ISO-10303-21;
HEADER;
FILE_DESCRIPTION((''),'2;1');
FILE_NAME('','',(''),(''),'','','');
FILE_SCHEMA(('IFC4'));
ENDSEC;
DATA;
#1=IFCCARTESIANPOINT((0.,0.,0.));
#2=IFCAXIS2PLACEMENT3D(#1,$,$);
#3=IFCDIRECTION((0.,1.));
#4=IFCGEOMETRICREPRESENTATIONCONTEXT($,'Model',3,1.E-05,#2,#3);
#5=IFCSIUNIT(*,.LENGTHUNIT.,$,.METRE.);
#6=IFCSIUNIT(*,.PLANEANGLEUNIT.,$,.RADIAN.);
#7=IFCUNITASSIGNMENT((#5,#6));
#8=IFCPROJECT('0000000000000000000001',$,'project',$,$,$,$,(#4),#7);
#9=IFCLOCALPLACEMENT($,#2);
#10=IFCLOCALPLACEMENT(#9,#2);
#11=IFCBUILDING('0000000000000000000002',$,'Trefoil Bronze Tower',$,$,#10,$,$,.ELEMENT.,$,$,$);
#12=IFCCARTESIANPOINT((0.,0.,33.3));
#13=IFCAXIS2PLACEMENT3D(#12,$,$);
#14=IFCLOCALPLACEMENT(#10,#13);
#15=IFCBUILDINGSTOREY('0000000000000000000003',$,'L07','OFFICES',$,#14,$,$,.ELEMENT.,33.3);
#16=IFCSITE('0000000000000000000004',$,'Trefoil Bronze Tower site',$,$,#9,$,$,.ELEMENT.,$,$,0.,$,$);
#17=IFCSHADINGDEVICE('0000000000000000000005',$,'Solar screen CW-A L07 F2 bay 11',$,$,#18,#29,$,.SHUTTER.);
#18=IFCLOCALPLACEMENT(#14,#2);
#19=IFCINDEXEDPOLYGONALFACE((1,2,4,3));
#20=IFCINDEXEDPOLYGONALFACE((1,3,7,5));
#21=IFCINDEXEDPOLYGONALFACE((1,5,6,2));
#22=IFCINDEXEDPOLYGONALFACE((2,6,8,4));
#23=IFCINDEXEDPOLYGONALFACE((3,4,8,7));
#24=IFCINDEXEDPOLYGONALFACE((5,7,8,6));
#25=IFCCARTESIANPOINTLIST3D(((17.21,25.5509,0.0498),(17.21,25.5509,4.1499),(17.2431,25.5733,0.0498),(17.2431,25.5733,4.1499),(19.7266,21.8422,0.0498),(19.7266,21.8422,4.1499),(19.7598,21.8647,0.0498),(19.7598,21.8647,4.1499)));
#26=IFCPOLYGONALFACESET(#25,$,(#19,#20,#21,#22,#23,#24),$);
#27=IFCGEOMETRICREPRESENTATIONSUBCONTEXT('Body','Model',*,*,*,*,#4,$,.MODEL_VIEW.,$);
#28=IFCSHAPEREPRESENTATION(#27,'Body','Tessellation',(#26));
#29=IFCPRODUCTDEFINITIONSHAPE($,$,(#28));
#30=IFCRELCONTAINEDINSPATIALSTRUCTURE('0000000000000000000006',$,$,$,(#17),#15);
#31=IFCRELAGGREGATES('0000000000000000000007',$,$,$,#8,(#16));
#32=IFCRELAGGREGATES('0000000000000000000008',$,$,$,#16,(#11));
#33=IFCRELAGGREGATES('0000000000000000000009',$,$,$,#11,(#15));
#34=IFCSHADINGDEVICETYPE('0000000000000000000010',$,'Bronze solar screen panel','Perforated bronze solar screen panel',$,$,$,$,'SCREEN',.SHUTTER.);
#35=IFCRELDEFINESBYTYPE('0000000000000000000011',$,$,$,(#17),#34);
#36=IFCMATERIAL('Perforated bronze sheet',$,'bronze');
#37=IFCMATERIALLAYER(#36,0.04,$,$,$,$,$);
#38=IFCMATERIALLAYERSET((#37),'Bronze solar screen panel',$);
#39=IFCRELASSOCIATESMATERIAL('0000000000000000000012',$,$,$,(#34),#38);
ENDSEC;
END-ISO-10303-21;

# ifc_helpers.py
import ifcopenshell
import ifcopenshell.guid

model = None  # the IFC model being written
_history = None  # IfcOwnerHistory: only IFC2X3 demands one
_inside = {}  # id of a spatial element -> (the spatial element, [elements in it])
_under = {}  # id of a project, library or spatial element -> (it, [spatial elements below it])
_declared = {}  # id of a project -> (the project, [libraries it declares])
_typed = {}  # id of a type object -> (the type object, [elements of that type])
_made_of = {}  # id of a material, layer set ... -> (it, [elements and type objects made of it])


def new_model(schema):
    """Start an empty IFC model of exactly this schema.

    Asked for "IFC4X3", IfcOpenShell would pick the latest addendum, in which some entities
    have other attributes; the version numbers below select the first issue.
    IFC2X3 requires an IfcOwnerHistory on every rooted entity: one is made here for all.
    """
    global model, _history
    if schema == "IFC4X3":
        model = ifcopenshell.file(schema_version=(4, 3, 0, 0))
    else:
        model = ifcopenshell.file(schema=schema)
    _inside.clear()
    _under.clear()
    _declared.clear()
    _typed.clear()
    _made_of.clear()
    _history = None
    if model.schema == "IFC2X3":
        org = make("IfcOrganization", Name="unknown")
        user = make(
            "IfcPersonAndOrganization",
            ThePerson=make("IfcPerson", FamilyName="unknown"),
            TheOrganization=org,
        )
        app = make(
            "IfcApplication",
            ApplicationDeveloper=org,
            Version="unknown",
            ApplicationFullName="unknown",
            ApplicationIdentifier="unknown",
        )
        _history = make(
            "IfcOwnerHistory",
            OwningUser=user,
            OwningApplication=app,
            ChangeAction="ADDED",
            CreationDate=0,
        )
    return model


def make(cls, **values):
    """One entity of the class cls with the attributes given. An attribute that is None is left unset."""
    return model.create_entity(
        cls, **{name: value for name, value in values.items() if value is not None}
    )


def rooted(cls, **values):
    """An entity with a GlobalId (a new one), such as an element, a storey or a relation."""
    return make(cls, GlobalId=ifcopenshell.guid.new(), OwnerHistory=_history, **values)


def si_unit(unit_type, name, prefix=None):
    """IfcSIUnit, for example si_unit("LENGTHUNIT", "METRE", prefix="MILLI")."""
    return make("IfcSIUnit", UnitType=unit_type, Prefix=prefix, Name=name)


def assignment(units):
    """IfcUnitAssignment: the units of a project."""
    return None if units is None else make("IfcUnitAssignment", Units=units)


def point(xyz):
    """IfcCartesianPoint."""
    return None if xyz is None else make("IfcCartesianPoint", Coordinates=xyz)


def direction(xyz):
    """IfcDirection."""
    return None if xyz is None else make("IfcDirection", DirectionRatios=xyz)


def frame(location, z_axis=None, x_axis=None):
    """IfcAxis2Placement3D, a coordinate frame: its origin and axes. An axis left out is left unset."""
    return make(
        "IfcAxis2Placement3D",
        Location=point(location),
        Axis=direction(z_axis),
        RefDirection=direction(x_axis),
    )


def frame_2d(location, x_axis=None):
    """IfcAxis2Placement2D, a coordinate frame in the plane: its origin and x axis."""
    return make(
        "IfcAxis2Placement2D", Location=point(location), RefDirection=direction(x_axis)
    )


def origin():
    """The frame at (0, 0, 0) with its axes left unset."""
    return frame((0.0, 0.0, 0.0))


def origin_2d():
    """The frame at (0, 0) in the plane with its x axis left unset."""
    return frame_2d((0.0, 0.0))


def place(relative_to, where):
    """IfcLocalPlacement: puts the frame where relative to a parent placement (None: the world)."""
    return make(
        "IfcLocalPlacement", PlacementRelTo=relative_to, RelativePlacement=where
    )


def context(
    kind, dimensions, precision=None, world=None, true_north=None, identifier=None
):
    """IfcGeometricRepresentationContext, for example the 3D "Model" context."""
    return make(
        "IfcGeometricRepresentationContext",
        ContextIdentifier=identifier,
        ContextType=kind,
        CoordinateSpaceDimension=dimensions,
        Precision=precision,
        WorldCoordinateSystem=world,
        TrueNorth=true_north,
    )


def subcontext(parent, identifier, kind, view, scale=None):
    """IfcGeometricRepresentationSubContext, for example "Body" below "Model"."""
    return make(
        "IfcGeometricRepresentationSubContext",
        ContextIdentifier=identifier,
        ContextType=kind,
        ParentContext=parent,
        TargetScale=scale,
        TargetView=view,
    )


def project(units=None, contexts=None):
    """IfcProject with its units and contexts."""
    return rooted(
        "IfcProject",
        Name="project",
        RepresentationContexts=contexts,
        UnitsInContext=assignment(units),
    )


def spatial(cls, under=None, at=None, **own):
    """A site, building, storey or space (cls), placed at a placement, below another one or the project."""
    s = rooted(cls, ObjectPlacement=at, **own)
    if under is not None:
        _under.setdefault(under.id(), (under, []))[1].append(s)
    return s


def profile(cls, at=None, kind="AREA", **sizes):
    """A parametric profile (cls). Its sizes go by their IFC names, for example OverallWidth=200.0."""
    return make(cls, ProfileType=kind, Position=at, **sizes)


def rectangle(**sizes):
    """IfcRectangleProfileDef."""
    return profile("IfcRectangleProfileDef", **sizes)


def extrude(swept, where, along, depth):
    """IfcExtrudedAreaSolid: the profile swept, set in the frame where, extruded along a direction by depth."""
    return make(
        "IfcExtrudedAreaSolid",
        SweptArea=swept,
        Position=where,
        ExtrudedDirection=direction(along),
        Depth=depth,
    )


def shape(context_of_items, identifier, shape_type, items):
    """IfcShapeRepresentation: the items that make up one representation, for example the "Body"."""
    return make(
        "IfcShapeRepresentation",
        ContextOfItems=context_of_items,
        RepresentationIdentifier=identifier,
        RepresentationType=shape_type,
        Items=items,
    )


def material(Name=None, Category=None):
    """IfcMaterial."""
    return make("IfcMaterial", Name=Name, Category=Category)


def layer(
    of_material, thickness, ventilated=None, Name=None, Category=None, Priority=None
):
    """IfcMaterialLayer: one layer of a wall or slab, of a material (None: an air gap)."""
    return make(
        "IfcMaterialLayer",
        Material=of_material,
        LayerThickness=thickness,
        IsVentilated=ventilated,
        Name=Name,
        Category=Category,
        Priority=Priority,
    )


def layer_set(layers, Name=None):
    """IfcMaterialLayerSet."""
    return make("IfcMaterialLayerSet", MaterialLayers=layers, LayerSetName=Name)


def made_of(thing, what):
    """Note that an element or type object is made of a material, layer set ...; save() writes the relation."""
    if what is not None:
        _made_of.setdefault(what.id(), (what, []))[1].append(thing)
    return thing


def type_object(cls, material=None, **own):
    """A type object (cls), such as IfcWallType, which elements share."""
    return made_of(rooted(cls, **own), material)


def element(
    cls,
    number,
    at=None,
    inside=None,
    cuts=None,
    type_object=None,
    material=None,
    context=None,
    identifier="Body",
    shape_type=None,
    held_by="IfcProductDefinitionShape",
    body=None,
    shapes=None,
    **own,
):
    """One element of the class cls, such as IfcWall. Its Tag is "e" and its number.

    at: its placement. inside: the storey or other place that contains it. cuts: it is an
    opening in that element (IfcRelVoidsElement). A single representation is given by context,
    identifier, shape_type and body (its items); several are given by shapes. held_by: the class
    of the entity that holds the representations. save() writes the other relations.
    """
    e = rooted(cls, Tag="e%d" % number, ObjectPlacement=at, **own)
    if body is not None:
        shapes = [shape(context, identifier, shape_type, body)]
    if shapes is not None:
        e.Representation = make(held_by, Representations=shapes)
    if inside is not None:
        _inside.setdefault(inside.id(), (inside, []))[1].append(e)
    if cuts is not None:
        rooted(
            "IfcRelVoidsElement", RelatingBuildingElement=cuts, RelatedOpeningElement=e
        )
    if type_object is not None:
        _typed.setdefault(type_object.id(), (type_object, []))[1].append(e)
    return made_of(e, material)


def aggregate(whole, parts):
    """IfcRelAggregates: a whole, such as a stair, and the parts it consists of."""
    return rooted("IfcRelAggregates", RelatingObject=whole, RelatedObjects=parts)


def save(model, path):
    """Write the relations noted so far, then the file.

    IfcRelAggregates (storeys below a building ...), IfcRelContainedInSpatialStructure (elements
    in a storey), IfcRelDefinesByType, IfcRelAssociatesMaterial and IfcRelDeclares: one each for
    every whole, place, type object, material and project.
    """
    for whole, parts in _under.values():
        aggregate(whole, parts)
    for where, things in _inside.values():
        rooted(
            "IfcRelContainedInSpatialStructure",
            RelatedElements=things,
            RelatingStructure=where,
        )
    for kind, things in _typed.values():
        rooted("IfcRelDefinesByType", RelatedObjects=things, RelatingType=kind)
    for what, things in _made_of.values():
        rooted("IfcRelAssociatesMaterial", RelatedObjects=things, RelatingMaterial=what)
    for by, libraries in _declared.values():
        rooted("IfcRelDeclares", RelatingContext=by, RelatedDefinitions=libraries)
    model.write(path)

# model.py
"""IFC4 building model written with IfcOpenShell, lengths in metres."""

from ifc_helpers import new_model, si_unit, direction, frame, origin, origin_2d, place, context, subcontext, project, spatial, rectangle, extrude, material, layer, layer_set, type_object, element, save


model = new_model("IFC4")

# Units and contexts
model_context = context("Model", 3, precision=1e-05, world=origin(), true_north=direction((0.0, 1.0)))
body_context = subcontext(model_context, "Body", "Model", "MODEL_VIEW")
ifc_project = project(units=[si_unit("LENGTHUNIT", "METRE"), si_unit("PLANEANGLEUNIT", "RADIAN")], contexts=[model_context])

# Site, building, storey
site_placement = place(None, origin())
site = spatial("IfcSite", under=ifc_project, at=site_placement, Name="Trefoil Bronze Tower site", CompositionType="ELEMENT", RefElevation=0.0)
building_placement = place(site_placement, origin())
building = spatial("IfcBuilding", under=site, at=building_placement, Name="Trefoil Bronze Tower", CompositionType="ELEMENT")
storey_placement = place(building_placement, frame((0.0, 0.0, 33.3)))
storey = spatial("IfcBuildingStorey", under=building, at=storey_placement, Name="L07", Description="OFFICES", CompositionType="ELEMENT", Elevation=33.3)

# Shading device
ifc_material_1 = material(Name="Perforated bronze sheet", Category="bronze")
ifc_layer_1 = layer(ifc_material_1, 0.04)
ifc_layer_set_1 = layer_set([ifc_layer_1], Name="Bronze solar screen panel")
shading_device_type = type_object("IfcShadingDeviceType", Name="Bronze solar screen panel", Description="Perforated bronze solar screen panel", ElementType="SCREEN", PredefinedType="SHUTTER", material=ifc_layer_set_1)
shading_device_1_placement = place(storey_placement, frame((18.4849, 23.7078, 0.0498), z_axis=(0.0, 0.0, 1.0), x_axis=(-0.56151, 0.82747, 0.0)))
element("IfcShadingDevice", 1, at=shading_device_1_placement, inside=storey, type_object=shading_device_type, Name="Solar screen CW-A L07 F2 bay 11", PredefinedType="SHUTTER", context=body_context, shape_type="SweptSolid", body=[
    extrude(rectangle(XDim=4.4819, YDim=0.04, at=origin_2d()), origin(), (0.0, 0.0, 1.0), 4.1001),
])

save(model, "model.ifc")
